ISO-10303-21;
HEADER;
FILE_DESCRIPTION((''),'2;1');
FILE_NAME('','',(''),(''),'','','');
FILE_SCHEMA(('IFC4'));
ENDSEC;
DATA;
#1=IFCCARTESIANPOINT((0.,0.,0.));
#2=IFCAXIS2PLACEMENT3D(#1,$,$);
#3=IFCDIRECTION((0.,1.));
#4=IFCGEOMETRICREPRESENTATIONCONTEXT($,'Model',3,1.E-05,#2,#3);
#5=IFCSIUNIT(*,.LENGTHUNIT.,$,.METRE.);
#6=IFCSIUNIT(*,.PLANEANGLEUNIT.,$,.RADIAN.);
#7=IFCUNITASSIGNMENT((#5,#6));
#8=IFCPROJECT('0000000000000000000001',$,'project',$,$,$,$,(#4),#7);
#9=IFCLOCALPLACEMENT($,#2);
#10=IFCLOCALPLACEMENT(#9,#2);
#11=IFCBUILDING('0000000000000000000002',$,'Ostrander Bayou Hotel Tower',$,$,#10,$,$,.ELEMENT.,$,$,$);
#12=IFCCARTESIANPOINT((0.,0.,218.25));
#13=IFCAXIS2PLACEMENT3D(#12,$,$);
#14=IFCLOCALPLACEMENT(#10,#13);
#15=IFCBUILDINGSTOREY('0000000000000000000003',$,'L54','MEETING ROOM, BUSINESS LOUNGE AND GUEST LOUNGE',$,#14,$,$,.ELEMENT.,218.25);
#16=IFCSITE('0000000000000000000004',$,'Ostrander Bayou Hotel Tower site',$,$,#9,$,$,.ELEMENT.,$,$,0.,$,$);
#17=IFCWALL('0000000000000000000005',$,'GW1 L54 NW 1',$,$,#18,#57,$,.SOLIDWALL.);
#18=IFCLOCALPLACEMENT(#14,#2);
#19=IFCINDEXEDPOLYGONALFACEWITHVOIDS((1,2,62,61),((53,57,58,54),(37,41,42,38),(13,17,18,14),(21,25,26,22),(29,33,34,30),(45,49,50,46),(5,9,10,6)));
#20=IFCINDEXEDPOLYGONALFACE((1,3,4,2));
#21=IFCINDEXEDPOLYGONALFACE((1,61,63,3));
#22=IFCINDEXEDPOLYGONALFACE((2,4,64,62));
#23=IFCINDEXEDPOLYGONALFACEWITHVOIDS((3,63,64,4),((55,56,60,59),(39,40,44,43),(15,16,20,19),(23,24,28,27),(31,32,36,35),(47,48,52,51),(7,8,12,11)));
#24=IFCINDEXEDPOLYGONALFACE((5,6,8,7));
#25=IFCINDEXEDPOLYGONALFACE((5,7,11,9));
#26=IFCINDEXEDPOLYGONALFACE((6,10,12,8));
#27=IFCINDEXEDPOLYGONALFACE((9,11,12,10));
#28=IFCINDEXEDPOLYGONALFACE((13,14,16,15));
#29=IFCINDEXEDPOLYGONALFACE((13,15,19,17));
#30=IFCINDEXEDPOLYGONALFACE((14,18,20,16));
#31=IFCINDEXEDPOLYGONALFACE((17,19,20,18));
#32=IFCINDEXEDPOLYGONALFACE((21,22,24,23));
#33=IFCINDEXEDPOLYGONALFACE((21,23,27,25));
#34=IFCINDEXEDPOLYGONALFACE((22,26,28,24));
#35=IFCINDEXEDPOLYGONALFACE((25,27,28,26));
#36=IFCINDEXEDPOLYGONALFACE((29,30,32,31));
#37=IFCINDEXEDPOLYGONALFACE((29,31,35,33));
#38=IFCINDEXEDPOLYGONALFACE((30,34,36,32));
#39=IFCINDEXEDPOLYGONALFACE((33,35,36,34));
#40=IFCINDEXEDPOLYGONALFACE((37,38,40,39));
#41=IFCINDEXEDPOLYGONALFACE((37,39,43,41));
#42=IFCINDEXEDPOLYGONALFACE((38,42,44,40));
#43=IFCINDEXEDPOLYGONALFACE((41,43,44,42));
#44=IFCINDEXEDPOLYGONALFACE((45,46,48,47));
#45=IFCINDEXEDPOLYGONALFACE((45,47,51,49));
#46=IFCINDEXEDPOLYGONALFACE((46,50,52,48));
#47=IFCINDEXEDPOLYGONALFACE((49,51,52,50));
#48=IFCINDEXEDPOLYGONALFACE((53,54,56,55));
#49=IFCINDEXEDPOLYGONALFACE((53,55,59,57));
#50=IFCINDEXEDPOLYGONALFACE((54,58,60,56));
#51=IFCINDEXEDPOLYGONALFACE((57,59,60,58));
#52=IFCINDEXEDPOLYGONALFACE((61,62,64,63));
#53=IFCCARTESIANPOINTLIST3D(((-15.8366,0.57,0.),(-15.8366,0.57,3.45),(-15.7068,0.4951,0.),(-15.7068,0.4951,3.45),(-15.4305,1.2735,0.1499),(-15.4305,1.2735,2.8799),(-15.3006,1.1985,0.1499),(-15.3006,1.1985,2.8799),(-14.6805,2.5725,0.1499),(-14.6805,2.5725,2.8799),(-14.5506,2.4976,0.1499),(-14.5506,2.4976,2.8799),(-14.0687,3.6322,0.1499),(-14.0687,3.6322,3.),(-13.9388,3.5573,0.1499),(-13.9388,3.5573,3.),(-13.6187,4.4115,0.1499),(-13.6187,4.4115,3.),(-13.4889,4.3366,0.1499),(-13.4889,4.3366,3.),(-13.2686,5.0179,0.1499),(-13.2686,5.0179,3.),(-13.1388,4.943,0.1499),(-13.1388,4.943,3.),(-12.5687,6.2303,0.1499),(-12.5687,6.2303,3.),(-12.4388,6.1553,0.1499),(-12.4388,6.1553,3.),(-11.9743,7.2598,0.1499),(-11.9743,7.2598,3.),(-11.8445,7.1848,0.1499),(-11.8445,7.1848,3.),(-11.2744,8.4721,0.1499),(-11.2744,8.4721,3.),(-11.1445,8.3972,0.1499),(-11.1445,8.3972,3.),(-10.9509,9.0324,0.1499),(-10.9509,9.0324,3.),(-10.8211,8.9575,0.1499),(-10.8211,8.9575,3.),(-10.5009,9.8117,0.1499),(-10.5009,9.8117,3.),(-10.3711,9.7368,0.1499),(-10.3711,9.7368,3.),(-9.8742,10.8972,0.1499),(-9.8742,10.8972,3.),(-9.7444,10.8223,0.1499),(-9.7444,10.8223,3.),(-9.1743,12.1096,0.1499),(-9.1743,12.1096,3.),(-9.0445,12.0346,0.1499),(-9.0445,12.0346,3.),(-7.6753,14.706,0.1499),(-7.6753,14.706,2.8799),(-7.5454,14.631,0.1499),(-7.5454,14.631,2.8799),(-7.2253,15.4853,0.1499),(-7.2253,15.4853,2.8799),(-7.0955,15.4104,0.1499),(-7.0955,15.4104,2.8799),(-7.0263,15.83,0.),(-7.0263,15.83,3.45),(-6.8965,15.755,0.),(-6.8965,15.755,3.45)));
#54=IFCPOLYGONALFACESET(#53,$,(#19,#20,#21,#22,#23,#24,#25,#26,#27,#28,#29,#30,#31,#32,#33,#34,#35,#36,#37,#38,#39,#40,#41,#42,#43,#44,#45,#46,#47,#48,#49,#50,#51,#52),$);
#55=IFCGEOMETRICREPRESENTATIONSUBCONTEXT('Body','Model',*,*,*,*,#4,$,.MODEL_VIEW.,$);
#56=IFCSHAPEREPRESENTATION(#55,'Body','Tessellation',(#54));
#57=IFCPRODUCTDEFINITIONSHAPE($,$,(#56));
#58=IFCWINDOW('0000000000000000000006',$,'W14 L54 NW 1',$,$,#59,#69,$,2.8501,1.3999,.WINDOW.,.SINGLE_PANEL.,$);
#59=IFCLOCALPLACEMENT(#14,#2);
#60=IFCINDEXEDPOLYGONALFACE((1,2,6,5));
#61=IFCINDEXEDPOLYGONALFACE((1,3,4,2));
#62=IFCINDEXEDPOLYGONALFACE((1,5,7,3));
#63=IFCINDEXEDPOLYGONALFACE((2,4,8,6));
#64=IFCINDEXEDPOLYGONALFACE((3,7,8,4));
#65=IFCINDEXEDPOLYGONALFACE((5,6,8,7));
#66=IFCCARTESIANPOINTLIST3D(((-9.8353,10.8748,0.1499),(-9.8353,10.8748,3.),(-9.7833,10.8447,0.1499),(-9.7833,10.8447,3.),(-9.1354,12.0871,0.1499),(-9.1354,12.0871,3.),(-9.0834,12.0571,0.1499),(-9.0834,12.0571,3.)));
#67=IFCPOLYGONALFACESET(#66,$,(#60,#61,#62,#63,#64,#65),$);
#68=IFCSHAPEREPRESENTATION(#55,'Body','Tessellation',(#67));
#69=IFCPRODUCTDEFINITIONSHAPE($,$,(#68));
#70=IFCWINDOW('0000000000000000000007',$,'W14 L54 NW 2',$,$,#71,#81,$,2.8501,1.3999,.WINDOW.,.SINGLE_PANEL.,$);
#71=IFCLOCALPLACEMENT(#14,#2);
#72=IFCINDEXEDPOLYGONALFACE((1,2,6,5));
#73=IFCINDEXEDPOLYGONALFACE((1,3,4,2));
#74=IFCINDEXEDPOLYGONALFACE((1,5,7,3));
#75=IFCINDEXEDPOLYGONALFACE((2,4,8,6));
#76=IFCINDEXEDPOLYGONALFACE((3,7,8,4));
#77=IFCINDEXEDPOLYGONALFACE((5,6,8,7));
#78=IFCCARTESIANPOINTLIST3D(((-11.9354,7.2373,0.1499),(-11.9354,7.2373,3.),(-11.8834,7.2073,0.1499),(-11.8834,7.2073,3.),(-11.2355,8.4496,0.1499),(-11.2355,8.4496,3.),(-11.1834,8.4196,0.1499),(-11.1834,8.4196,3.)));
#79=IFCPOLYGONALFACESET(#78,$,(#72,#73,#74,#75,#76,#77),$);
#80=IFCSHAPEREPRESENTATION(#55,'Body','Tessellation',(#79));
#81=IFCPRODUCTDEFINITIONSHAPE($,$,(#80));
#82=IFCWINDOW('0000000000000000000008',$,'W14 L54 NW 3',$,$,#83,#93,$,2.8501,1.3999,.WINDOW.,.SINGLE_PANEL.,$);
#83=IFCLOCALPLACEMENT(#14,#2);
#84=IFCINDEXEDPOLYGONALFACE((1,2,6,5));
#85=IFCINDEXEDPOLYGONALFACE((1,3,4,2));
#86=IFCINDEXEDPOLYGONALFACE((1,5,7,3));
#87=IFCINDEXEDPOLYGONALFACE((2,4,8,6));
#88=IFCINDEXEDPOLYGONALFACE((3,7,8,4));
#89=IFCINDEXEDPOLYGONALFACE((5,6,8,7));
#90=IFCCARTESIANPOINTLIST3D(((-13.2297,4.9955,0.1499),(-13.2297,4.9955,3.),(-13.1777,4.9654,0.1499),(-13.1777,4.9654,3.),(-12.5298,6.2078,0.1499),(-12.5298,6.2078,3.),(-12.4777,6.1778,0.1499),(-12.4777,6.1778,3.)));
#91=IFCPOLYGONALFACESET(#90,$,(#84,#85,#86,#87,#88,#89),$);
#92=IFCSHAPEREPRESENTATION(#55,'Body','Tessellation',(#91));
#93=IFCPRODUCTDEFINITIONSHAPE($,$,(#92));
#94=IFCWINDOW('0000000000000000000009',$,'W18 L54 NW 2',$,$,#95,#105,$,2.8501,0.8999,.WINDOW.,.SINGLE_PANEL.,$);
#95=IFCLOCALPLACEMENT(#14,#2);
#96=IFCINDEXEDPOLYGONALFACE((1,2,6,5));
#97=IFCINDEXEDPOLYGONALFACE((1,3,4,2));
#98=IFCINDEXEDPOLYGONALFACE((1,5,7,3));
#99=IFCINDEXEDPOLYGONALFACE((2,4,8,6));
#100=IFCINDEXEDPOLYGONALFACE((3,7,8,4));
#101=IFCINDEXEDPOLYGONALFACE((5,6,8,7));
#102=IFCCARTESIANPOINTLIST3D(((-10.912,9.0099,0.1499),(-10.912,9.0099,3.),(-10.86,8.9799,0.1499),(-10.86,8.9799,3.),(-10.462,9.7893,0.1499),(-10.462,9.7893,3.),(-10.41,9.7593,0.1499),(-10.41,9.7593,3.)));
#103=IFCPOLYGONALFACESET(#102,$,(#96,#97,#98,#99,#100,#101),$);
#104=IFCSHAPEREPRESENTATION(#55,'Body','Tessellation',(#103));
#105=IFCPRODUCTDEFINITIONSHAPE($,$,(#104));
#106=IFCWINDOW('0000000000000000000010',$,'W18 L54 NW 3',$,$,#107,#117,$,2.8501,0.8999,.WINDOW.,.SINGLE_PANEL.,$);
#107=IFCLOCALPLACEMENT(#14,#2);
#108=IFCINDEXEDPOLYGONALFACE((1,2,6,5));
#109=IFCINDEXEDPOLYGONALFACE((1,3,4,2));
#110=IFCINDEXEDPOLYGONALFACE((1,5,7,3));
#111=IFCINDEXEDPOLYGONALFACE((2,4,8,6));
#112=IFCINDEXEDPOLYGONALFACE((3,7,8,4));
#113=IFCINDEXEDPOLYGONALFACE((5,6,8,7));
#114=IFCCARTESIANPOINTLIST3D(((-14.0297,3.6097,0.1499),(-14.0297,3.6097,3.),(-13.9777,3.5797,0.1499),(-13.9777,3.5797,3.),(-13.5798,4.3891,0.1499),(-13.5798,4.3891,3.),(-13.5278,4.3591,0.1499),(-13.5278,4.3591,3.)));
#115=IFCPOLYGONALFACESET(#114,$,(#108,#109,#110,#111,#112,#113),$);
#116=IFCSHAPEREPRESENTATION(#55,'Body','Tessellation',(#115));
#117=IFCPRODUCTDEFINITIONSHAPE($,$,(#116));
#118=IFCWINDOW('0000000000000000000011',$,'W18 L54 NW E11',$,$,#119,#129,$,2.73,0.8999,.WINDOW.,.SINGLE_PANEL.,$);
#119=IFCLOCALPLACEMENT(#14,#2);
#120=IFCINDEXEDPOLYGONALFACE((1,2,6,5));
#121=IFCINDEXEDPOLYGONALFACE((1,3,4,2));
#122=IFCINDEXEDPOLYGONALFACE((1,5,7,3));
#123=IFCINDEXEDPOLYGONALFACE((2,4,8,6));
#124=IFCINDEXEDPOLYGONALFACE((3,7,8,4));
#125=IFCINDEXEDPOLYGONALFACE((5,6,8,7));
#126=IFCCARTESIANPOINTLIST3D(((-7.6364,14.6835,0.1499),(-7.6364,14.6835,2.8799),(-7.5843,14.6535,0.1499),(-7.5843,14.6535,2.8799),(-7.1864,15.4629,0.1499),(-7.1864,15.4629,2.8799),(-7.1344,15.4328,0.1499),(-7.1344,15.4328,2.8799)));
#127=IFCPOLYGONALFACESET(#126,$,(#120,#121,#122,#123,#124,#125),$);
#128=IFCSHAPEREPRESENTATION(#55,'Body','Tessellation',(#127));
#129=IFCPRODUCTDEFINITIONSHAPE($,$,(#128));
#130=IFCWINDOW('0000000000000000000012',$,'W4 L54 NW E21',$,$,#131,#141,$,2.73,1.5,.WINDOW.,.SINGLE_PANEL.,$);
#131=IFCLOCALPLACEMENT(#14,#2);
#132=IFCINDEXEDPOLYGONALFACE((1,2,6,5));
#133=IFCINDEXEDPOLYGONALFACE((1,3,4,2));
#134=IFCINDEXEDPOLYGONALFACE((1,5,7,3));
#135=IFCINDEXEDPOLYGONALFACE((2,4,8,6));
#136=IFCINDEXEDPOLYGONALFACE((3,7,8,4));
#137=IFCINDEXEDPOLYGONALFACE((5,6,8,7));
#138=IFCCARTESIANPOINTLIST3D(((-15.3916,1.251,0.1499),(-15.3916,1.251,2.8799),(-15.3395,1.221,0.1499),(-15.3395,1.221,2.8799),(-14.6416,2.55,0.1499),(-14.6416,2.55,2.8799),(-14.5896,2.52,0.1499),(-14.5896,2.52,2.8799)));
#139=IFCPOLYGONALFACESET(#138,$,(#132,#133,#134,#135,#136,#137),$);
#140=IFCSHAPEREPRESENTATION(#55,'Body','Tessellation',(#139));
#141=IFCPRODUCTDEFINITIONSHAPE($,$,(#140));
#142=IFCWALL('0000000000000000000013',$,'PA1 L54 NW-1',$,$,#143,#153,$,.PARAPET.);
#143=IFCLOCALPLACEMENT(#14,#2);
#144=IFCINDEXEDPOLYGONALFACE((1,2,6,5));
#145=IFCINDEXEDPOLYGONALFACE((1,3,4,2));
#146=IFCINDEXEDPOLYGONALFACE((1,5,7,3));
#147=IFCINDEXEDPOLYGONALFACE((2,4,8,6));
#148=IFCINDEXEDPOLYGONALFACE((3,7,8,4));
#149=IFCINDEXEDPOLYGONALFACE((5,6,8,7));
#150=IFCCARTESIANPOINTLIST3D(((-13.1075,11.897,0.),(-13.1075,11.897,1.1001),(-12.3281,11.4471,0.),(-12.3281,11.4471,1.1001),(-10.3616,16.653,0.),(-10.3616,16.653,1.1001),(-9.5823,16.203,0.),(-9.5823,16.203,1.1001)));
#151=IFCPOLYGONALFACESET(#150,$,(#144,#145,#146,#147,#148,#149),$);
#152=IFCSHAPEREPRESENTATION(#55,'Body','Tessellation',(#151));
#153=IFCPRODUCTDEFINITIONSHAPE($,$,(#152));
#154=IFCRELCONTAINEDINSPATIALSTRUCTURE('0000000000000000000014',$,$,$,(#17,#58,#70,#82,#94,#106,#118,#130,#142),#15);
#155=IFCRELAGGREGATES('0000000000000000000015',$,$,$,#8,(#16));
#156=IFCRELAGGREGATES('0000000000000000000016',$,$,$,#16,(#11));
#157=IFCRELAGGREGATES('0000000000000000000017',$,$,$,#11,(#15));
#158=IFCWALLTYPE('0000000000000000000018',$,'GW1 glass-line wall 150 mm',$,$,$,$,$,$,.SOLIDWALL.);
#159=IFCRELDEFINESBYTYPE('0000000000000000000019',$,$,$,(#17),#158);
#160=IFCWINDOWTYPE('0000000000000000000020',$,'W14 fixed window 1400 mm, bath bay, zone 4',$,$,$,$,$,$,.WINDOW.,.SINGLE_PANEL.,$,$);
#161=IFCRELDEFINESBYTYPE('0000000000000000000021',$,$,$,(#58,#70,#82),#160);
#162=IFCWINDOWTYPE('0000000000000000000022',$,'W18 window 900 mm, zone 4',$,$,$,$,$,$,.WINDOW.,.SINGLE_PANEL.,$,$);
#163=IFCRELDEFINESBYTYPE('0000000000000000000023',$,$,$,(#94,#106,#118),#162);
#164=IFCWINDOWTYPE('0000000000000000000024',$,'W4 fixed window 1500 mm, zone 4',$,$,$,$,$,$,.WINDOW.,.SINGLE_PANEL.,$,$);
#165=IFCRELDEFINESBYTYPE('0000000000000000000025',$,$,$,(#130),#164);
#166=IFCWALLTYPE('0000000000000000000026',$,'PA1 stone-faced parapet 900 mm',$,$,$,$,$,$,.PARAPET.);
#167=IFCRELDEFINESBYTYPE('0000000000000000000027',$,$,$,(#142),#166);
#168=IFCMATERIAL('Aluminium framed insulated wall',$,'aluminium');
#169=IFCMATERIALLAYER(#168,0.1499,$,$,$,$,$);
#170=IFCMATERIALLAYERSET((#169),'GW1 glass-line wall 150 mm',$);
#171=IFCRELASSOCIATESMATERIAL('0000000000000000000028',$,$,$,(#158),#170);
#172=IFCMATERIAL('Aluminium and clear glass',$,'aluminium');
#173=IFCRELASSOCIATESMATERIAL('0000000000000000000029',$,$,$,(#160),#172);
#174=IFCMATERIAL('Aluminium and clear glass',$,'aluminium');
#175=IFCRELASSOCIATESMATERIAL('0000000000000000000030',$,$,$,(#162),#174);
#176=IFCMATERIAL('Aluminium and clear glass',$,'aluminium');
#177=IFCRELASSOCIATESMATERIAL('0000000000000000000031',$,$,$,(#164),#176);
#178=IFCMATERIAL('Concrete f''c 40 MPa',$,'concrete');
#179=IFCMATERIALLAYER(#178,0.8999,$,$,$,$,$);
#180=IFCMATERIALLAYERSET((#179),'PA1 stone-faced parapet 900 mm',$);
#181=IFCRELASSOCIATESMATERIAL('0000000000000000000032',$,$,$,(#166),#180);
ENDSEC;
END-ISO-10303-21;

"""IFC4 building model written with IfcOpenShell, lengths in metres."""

from ifc_helpers import new_model, si_unit, direction, frame, frame_2d, origin, place, context, subcontext, project, spatial, rectangle, extrude, material, layer, layer_set, type_object, element, fill, save


model = new_model("IFC4")

# Units and contexts
model_context = context("Model", 3, precision=1e-05, world=origin(), true_north=direction((0.0, 1.0)))
body_context = subcontext(model_context, "Body", "Model", "MODEL_VIEW")
ifc_project = project(units=[si_unit("LENGTHUNIT", "METRE"), si_unit("PLANEANGLEUNIT", "RADIAN")], contexts=[model_context])

# Site, building, storey
site_placement = place(None, origin())
site = spatial("IfcSite", under=ifc_project, at=site_placement, Name="Ostrander Bayou Hotel Tower site", CompositionType="ELEMENT", RefElevation=0.0)
building_placement = place(site_placement, origin())
building = spatial("IfcBuilding", under=site, at=building_placement, Name="Ostrander Bayou Hotel Tower", CompositionType="ELEMENT")
storey_placement = place(building_placement, frame((0.0, 0.0, 218.25)))
storey = spatial("IfcBuildingStorey", under=building, at=storey_placement, Name="L54", Description="MEETING ROOM, BUSINESS LOUNGE AND GUEST LOUNGE", CompositionType="ELEMENT", Elevation=218.25)

# Wall, openings, windows
ifc_material_1 = material(Name="Aluminium framed insulated wall", Category="aluminium")
ifc_layer_1 = layer(ifc_material_1, 0.1499)
ifc_layer_set_1 = layer_set([ifc_layer_1], Name="GW1 glass-line wall 150 mm")
wall_type_1 = type_object("IfcWallType", Name="GW1 glass-line wall 150 mm", PredefinedType="SOLIDWALL", material=ifc_layer_set_1)
wall_1_placement = place(storey_placement, frame((-6.9614, 15.7925, 0.0), z_axis=(0.0, 0.0, 1.0), x_axis=(-0.499997, -0.866027, 0.0)))
wall_1 = element("IfcWall", 1, at=wall_1_placement, inside=storey, type_object=wall_type_1, Name="GW1 L54 NW 1", PredefinedType="SOLIDWALL", context=body_context, shape_type="SweptSolid", body=[
    extrude(rectangle(XDim=17.6206, YDim=0.1499, at=frame_2d((8.8103, 0.0))), origin(), (0.0, 0.0, 1.0), 3.45),
])
opening_1_placement = place(wall_1_placement, frame((4.2959, 0.0, 0.1499)))
opening_1 = element("IfcOpeningElement", 2, at=opening_1_placement, cuts=wall_1, PredefinedType="OPENING", context=body_context, shape_type="SweptSolid", body=[
    extrude(rectangle(XDim=1.3999, YDim=2.8501, at=frame_2d((0.7, 1.425))), frame((0.0, 0.075, 0.0), z_axis=(0.0, -1.0, 0.0), x_axis=(1.0, 0.0, 0.0)), (0.0, 0.0, 1.0), 0.1499),
])
opening_2_placement = place(wall_1_placement, frame((6.9492, 0.0, 0.1499)))
opening_2 = element("IfcOpeningElement", 3, at=opening_2_placement, cuts=wall_1, PredefinedType="OPENING", context=body_context, shape_type="SweptSolid", body=[
    extrude(rectangle(XDim=0.8999, YDim=2.8501, at=frame_2d((0.45, 1.425))), frame((0.0, 0.075, 0.0), z_axis=(0.0, -1.0, 0.0), x_axis=(1.0, 0.0, 0.0)), (0.0, 0.0, 1.0), 0.1499),
])
opening_3_placement = place(wall_1_placement, frame((8.4961, 0.0, 0.1499)))
opening_3 = element("IfcOpeningElement", 4, at=opening_3_placement, cuts=wall_1, PredefinedType="OPENING", context=body_context, shape_type="SweptSolid", body=[
    extrude(rectangle(XDim=1.3999, YDim=2.8501, at=frame_2d((0.7, 1.425))), frame((0.0, 0.075, 0.0), z_axis=(0.0, -1.0, 0.0), x_axis=(1.0, 0.0, 0.0)), (0.0, 0.0, 1.0), 0.1499),
])
opening_4_placement = place(wall_1_placement, frame((13.1848, 0.0, 0.1499)))
opening_4 = element("IfcOpeningElement", 5, at=opening_4_placement, cuts=wall_1, PredefinedType="OPENING", context=body_context, shape_type="SweptSolid", body=[
    extrude(rectangle(XDim=0.8999, YDim=2.8501, at=frame_2d((0.45, 1.425))), frame((0.0, 0.075, 0.0), z_axis=(0.0, -1.0, 0.0), x_axis=(1.0, 0.0, 0.0)), (0.0, 0.0, 1.0), 0.1499),
])
opening_5_placement = place(wall_1_placement, frame((11.0847, 0.0, 0.1499)))
opening_5 = element("IfcOpeningElement", 6, at=opening_5_placement, cuts=wall_1, PredefinedType="OPENING", context=body_context, shape_type="SweptSolid", body=[
    extrude(rectangle(XDim=1.3999, YDim=2.8501, at=frame_2d((0.7, 1.425))), frame((0.0, 0.075, 0.0), z_axis=(0.0, -1.0, 0.0), x_axis=(1.0, 0.0, 0.0)), (0.0, 0.0, 1.0), 0.1499),
])
opening_6_placement = place(wall_1_placement, frame((0.3979, 0.0, 0.1499)))
opening_6 = element("IfcOpeningElement", 7, at=opening_6_placement, cuts=wall_1, PredefinedType="OPENING", context=body_context, shape_type="SweptSolid", body=[
    extrude(rectangle(XDim=0.8999, YDim=2.73, at=frame_2d((0.45, 1.365))), frame((0.0, 0.075, 0.0), z_axis=(0.0, -1.0, 0.0), x_axis=(1.0, 0.0, 0.0)), (0.0, 0.0, 1.0), 0.1499),
])
opening_7_placement = place(wall_1_placement, frame((15.3083, 0.0, 0.1499)))
opening_7 = element("IfcOpeningElement", 8, at=opening_7_placement, cuts=wall_1, PredefinedType="OPENING", context=body_context, shape_type="SweptSolid", body=[
    extrude(rectangle(XDim=1.5, YDim=2.73, at=frame_2d((0.75, 1.365))), frame((0.0, 0.075, 0.0), z_axis=(0.0, -1.0, 0.0), x_axis=(1.0, 0.0, 0.0)), (0.0, 0.0, 1.0), 0.1499),
])
ifc_material_2 = material(Name="Aluminium and clear glass", Category="aluminium")
window_type_1 = type_object("IfcWindowType", Name="W14 fixed window 1400 mm, bath bay, zone 4", PartitioningType="SINGLE_PANEL", PredefinedType="WINDOW", material=ifc_material_2)
window_1_placement = place(opening_1_placement, origin())
window_1 = element("IfcWindow", 9, at=window_1_placement, inside=storey, type_object=window_type_1, Name="W14 L54 NW 1", OverallHeight=2.8501, OverallWidth=1.3999, PartitioningType="SINGLE_PANEL", PredefinedType="WINDOW", context=body_context, shape_type="SweptSolid", body=[
    extrude(rectangle(XDim=1.3999, YDim=2.8501, at=frame_2d((0.7, 1.425))), frame((0.0, 0.03, 0.0), z_axis=(0.0, -1.0, 0.0), x_axis=(1.0, 0.0, 0.0)), (0.0, 0.0, 1.0), 0.0601),
])
fill(opening_1, window_1)
window_2_placement = place(opening_3_placement, origin())
window_2 = element("IfcWindow", 10, at=window_2_placement, inside=storey, type_object=window_type_1, Name="W14 L54 NW 2", OverallHeight=2.8501, OverallWidth=1.3999, PartitioningType="SINGLE_PANEL", PredefinedType="WINDOW", context=body_context, shape_type="SweptSolid", body=[
    extrude(rectangle(XDim=1.3999, YDim=2.8501, at=frame_2d((0.7, 1.425))), frame((0.0, 0.03, 0.0), z_axis=(0.0, -1.0, 0.0), x_axis=(1.0, 0.0, 0.0)), (0.0, 0.0, 1.0), 0.0601),
])
fill(opening_3, window_2)
window_3_placement = place(opening_5_placement, origin())
window_3 = element("IfcWindow", 11, at=window_3_placement, inside=storey, type_object=window_type_1, Name="W14 L54 NW 3", OverallHeight=2.8501, OverallWidth=1.3999, PartitioningType="SINGLE_PANEL", PredefinedType="WINDOW", context=body_context, shape_type="SweptSolid", body=[
    extrude(rectangle(XDim=1.3999, YDim=2.8501, at=frame_2d((0.7, 1.425))), frame((0.0, 0.03, 0.0), z_axis=(0.0, -1.0, 0.0), x_axis=(1.0, 0.0, 0.0)), (0.0, 0.0, 1.0), 0.0601),
])
fill(opening_5, window_3)
ifc_material_3 = material(Name="Aluminium and clear glass", Category="aluminium")
window_type_2 = type_object("IfcWindowType", Name="W18 window 900 mm, zone 4", PartitioningType="SINGLE_PANEL", PredefinedType="WINDOW", material=ifc_material_3)
window_4_placement = place(opening_2_placement, origin())
window_4 = element("IfcWindow", 12, at=window_4_placement, inside=storey, type_object=window_type_2, Name="W18 L54 NW 2", OverallHeight=2.8501, OverallWidth=0.8999, PartitioningType="SINGLE_PANEL", PredefinedType="WINDOW", context=body_context, shape_type="SweptSolid", body=[
    extrude(rectangle(XDim=0.8999, YDim=2.8501, at=frame_2d((0.45, 1.425))), frame((0.0, 0.03, 0.0), z_axis=(0.0, -1.0, 0.0), x_axis=(1.0, 0.0, 0.0)), (0.0, 0.0, 1.0), 0.0601),
])
fill(opening_2, window_4)
window_5_placement = place(opening_4_placement, origin())
window_5 = element("IfcWindow", 13, at=window_5_placement, inside=storey, type_object=window_type_2, Name="W18 L54 NW 3", OverallHeight=2.8501, OverallWidth=0.8999, PartitioningType="SINGLE_PANEL", PredefinedType="WINDOW", context=body_context, shape_type="SweptSolid", body=[
    extrude(rectangle(XDim=0.8999, YDim=2.8501, at=frame_2d((0.45, 1.425))), frame((0.0, 0.03, 0.0), z_axis=(0.0, -1.0, 0.0), x_axis=(1.0, 0.0, 0.0)), (0.0, 0.0, 1.0), 0.0601),
])
fill(opening_4, window_5)
window_6_placement = place(opening_6_placement, origin())
window_6 = element("IfcWindow", 14, at=window_6_placement, inside=storey, type_object=window_type_2, Name="W18 L54 NW E11", OverallHeight=2.73, OverallWidth=0.8999, PartitioningType="SINGLE_PANEL", PredefinedType="WINDOW", context=body_context, shape_type="SweptSolid", body=[
    extrude(rectangle(XDim=0.8999, YDim=2.73, at=frame_2d((0.45, 1.365))), frame((0.0, 0.03, 0.0), z_axis=(0.0, -1.0, 0.0), x_axis=(1.0, 0.0, 0.0)), (0.0, 0.0, 1.0), 0.0601),
])
fill(opening_6, window_6)
ifc_material_4 = material(Name="Aluminium and clear glass", Category="aluminium")
window_type_3 = type_object("IfcWindowType", Name="W4 fixed window 1500 mm, zone 4", PartitioningType="SINGLE_PANEL", PredefinedType="WINDOW", material=ifc_material_4)
window_7_placement = place(opening_7_placement, origin())
window_7 = element("IfcWindow", 15, at=window_7_placement, inside=storey, type_object=window_type_3, Name="W4 L54 NW E21", OverallHeight=2.73, OverallWidth=1.5, PartitioningType="SINGLE_PANEL", PredefinedType="WINDOW", context=body_context, shape_type="SweptSolid", body=[
    extrude(rectangle(XDim=1.5, YDim=2.73, at=frame_2d((0.75, 1.365))), frame((0.0, 0.03, 0.0), z_axis=(0.0, -1.0, 0.0), x_axis=(1.0, 0.0, 0.0)), (0.0, 0.0, 1.0), 0.0601),
])
fill(opening_7, window_7)

# Wall
ifc_material_5 = material(Name="Concrete f'c 40 MPa", Category="concrete")
ifc_layer_2 = layer(ifc_material_5, 0.8999)
ifc_layer_set_2 = layer_set([ifc_layer_2], Name="PA1 stone-faced parapet 900 mm")
wall_type_2 = type_object("IfcWallType", Name="PA1 stone-faced parapet 900 mm", PredefinedType="PARAPET", material=ifc_layer_set_2)
wall_2_placement = place(storey_placement, frame((-9.9719, 16.428, 0.0), z_axis=(0.0, 0.0, 1.0), x_axis=(-0.500007, -0.866021, 0.0)))
element("IfcWall", 16, at=wall_2_placement, inside=storey, type_object=wall_type_2, Name="PA1 L54 NW-1", PredefinedType="PARAPET", context=body_context, shape_type="SweptSolid", body=[
    extrude(rectangle(XDim=5.4917, YDim=0.8999, at=frame_2d((2.7458, 0.0))), origin(), (0.0, 0.0, 1.0), 1.1001),
])

save(model, "model.ifc")
